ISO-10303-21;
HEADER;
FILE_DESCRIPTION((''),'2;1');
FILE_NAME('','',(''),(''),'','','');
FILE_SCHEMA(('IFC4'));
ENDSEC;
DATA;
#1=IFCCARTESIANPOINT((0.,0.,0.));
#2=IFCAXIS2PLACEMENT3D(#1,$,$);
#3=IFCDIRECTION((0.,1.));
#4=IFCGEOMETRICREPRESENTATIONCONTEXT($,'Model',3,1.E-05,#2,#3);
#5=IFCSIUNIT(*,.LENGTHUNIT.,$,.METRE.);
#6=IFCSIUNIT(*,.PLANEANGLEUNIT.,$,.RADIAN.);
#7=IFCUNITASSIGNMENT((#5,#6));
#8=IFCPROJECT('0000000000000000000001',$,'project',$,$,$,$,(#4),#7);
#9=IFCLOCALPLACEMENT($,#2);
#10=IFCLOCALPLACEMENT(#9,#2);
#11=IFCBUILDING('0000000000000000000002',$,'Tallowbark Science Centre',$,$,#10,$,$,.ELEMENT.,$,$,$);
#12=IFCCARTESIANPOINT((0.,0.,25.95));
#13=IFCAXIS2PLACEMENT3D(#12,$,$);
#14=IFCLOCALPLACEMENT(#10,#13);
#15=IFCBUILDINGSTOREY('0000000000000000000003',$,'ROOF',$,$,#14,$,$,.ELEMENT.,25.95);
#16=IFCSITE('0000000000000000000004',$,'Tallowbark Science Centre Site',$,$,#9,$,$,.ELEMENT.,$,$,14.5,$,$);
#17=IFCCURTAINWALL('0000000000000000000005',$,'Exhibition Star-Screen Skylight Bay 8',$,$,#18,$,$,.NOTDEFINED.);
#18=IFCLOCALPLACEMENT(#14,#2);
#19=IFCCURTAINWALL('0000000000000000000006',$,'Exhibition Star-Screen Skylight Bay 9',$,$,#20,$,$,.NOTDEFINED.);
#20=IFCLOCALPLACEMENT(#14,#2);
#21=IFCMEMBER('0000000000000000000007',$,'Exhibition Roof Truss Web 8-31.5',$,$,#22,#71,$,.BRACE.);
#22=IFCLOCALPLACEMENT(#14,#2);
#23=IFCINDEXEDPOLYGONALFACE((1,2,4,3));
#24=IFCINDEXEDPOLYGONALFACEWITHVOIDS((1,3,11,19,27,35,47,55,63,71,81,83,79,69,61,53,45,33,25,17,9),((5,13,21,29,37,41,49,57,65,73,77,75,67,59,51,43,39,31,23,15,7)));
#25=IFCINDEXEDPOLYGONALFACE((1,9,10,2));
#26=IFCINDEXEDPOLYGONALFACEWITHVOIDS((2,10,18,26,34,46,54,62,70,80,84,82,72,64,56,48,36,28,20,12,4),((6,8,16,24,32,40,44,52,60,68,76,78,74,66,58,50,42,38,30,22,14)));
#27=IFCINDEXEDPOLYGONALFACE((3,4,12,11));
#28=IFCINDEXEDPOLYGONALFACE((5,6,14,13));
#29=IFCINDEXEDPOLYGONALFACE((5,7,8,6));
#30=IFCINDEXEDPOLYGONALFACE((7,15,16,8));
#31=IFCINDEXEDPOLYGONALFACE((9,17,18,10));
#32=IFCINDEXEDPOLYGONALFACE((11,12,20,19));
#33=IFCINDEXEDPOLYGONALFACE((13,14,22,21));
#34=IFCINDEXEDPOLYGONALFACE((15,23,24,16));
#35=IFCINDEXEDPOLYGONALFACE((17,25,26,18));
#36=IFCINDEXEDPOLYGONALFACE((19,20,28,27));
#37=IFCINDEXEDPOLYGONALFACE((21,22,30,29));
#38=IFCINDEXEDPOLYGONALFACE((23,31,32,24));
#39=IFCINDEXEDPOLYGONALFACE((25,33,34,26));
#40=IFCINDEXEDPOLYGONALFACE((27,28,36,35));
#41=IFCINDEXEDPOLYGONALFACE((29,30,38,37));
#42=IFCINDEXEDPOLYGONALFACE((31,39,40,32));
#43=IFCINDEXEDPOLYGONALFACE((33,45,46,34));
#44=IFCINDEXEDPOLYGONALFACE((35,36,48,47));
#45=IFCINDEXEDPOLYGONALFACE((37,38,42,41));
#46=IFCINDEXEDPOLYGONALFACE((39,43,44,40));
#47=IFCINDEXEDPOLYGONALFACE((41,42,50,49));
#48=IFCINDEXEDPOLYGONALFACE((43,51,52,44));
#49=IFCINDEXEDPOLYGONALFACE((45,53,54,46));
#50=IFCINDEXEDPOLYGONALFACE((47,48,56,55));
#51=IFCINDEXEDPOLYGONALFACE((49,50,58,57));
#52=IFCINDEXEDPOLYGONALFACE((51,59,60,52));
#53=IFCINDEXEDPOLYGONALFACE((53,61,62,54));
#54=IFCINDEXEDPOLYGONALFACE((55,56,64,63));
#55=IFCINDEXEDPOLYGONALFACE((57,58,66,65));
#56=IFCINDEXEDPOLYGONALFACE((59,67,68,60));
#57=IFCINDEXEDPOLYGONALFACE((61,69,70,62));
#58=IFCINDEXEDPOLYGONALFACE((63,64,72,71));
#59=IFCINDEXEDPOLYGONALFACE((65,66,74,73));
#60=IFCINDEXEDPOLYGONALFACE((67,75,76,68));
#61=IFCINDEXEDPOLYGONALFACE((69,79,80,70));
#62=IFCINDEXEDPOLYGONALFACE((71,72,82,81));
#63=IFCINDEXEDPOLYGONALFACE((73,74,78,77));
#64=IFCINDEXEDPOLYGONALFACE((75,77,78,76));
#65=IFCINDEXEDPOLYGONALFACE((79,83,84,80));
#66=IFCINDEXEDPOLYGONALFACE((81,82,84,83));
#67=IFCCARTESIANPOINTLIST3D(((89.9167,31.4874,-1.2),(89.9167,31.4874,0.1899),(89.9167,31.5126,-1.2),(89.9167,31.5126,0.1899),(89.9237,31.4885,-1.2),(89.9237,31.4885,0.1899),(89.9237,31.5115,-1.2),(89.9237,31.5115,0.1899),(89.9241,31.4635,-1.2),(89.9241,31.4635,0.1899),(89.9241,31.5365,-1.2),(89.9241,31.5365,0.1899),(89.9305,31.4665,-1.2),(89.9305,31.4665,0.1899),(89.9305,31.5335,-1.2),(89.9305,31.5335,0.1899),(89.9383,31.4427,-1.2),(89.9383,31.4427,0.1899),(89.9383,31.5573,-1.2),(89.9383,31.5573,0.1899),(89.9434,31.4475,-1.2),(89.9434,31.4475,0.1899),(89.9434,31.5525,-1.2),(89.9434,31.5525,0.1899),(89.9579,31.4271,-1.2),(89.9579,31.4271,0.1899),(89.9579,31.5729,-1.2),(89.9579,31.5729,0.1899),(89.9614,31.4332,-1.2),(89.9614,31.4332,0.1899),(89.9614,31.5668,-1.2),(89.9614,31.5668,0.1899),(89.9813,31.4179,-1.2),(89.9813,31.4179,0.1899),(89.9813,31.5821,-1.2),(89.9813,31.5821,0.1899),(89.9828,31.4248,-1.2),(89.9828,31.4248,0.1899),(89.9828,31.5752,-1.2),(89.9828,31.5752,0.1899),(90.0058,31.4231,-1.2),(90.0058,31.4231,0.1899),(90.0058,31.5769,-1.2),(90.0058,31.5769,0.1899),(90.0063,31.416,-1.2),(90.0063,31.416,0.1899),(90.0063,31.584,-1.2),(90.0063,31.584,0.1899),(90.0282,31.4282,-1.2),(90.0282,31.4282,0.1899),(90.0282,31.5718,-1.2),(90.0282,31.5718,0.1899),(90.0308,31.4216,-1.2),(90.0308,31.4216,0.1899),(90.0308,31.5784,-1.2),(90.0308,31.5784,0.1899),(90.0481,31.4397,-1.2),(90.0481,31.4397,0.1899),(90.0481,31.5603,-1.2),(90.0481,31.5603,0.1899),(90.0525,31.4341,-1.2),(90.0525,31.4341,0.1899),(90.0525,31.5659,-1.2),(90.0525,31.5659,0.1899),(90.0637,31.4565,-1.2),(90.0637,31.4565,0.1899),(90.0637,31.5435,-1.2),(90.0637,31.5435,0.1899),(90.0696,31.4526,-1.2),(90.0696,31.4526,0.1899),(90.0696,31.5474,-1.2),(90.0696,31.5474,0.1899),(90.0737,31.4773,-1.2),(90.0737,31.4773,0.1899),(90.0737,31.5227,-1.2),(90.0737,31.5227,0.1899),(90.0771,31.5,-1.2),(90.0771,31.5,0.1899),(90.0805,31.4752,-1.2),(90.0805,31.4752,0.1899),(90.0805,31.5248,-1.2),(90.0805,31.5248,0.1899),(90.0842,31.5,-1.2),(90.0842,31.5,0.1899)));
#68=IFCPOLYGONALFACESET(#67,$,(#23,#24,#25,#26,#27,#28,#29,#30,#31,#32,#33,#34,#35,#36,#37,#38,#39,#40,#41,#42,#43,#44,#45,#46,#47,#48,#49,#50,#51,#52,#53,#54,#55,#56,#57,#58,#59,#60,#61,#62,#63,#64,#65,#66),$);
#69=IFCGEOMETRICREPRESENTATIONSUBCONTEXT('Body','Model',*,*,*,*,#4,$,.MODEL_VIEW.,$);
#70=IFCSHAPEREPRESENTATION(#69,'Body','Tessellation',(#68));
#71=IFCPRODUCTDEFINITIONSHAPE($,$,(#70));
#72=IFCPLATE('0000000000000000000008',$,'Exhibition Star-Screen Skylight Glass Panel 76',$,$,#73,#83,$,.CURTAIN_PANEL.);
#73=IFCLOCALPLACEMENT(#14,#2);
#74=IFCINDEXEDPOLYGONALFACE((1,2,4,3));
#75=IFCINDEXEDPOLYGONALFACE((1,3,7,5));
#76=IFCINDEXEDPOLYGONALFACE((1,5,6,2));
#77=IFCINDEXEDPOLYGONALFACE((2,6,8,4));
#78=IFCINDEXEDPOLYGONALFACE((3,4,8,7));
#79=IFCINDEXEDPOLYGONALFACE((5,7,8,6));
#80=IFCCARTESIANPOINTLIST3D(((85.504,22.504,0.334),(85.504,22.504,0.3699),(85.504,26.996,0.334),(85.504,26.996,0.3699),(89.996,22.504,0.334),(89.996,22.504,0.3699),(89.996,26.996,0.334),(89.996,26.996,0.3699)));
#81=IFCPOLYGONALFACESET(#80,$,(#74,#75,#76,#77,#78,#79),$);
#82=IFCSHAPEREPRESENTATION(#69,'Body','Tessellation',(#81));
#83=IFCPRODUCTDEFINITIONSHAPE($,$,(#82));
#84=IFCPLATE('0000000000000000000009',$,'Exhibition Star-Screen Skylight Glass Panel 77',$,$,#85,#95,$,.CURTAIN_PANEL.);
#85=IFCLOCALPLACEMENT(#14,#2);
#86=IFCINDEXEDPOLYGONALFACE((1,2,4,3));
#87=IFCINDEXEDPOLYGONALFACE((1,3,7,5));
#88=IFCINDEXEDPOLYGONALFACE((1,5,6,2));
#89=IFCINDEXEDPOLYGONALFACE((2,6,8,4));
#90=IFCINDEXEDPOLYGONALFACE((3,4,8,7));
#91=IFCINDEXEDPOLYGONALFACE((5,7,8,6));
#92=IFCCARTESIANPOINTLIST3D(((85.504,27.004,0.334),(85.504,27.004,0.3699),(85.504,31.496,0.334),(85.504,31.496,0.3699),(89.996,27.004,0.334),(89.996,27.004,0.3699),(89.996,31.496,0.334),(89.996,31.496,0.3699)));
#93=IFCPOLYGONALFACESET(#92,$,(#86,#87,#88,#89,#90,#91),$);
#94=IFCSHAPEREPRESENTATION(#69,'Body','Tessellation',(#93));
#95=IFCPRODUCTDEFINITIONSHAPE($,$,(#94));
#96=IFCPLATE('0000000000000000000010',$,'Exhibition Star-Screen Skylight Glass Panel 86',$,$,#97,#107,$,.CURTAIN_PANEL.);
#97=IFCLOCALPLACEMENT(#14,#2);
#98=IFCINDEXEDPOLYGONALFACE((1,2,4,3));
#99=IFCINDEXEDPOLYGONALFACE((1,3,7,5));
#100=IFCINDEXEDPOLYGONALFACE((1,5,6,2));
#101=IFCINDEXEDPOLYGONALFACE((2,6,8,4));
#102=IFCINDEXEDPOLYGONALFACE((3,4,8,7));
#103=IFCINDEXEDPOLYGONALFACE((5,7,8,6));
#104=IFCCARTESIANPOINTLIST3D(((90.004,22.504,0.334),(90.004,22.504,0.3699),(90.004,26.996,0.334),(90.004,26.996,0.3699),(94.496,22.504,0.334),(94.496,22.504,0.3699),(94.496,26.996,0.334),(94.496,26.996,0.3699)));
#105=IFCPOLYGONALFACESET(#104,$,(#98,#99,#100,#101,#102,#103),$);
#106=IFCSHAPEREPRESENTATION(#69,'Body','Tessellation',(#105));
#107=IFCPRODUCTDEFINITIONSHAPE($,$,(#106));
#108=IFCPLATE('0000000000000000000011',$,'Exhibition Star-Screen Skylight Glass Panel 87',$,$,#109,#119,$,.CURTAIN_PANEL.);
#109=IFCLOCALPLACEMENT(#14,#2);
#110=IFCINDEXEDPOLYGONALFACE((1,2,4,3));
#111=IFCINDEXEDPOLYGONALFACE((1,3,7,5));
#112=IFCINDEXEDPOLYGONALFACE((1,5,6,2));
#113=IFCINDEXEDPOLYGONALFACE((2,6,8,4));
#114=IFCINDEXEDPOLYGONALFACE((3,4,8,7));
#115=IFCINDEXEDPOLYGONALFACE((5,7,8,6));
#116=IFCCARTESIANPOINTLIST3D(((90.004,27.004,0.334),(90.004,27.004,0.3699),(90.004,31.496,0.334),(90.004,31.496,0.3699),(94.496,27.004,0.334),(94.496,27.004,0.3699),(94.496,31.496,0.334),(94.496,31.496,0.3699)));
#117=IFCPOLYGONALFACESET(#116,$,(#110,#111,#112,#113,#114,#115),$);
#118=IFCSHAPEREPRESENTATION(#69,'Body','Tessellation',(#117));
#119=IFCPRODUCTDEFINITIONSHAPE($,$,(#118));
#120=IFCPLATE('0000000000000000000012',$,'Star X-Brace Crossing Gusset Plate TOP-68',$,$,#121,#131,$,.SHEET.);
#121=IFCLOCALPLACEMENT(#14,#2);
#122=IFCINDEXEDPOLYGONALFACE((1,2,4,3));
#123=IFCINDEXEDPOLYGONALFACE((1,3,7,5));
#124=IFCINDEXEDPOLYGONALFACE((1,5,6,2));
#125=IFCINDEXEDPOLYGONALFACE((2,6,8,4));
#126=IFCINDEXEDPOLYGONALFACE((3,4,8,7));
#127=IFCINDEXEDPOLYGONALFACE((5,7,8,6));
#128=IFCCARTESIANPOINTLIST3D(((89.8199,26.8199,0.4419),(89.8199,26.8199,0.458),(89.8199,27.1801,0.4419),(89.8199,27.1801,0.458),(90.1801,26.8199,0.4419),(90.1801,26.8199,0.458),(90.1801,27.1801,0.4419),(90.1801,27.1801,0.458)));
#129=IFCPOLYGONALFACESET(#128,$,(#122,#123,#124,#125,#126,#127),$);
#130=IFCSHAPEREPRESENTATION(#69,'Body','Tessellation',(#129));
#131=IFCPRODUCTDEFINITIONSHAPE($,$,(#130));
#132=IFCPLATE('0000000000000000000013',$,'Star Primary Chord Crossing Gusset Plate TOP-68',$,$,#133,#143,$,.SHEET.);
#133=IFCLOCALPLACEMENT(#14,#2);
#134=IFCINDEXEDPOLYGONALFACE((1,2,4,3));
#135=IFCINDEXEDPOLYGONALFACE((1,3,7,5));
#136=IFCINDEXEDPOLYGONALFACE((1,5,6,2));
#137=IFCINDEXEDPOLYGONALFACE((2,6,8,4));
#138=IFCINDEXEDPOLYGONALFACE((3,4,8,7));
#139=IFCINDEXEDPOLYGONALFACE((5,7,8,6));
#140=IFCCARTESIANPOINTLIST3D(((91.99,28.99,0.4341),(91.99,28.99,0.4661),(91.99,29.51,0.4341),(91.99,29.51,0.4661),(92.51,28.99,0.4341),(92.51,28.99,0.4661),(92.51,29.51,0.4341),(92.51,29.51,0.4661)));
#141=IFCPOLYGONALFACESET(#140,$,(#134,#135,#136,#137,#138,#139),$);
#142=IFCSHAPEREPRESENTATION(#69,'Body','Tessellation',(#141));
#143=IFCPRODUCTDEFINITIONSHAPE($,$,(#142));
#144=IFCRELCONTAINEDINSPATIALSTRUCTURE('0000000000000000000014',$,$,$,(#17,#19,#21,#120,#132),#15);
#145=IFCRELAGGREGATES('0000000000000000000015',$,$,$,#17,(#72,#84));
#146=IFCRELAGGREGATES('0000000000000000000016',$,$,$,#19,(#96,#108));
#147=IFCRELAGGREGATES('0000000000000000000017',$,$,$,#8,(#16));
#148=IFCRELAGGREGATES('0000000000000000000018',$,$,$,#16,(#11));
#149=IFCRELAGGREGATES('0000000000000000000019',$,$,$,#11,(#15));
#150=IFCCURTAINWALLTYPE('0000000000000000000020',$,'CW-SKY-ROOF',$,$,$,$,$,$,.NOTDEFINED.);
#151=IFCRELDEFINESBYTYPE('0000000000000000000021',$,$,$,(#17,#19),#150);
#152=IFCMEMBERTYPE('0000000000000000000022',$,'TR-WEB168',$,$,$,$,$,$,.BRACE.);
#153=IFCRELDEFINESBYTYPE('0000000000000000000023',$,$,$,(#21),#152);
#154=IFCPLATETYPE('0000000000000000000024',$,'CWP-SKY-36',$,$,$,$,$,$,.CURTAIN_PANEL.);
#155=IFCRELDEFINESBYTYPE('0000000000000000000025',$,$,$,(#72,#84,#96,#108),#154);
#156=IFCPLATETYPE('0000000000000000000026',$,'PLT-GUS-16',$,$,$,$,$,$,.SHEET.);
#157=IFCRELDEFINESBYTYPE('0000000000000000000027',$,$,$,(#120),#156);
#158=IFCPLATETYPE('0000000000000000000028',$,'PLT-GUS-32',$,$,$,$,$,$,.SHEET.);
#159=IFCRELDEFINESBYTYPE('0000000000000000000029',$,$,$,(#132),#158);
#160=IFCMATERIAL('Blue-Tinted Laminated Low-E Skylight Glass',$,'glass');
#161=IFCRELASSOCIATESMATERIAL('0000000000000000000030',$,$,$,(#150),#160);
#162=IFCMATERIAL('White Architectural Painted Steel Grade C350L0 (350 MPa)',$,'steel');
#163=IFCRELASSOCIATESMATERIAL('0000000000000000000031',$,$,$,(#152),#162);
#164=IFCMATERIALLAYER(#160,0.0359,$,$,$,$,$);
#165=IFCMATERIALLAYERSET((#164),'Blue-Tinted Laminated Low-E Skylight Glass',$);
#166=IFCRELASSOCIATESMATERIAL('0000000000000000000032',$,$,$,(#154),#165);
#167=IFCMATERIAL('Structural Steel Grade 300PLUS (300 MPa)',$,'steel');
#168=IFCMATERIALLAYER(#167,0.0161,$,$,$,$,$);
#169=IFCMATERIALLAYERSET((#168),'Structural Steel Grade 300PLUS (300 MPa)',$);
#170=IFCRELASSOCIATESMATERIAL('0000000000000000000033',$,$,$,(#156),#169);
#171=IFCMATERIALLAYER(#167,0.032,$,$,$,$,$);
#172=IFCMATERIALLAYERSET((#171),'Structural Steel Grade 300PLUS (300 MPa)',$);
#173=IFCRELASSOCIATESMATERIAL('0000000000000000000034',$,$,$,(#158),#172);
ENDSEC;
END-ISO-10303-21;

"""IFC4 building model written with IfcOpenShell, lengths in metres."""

from ifc_helpers import new_model, si_unit, direction, frame, origin, origin_2d, place, context, subcontext, project, spatial, rectangle, hollow_circle, extrude, material, layer, layer_set, material_profile, profile_set, type_object, element, aggregate, save


model = new_model("IFC4")

# Units and contexts
model_context = context("Model", 3, precision=1e-05, world=origin(), true_north=direction((0.0, 1.0)))
body_context = subcontext(model_context, "Body", "Model", "MODEL_VIEW")
ifc_project = project(units=[si_unit("LENGTHUNIT", "METRE"), si_unit("PLANEANGLEUNIT", "RADIAN")], contexts=[model_context])

# Site, building, storey
site_placement = place(None, origin())
site = spatial("IfcSite", under=ifc_project, at=site_placement, Name="Tallowbark Science Centre Site", CompositionType="ELEMENT", RefElevation=14.5)
building_placement = place(site_placement, origin())
building = spatial("IfcBuilding", under=site, at=building_placement, Name="Tallowbark Science Centre", CompositionType="ELEMENT")
storey_placement = place(building_placement, frame((0.0, 0.0, 25.95)))
storey = spatial("IfcBuildingStorey", under=building, at=storey_placement, Name="ROOF", CompositionType="ELEMENT", Elevation=25.95)

# Curtain walls
ifc_material_1 = material(Name="Blue-Tinted Laminated Low-E Skylight Glass", Category="glass")
curtain_wall_type = type_object("IfcCurtainWallType", Name="CW-SKY-ROOF", PredefinedType="NOTDEFINED", material=ifc_material_1)
curtain_wall_1_placement = place(storey_placement, origin())
curtain_wall_1 = element("IfcCurtainWall", 1, at=curtain_wall_1_placement, inside=storey, type_object=curtain_wall_type, Name="Exhibition Star-Screen Skylight Bay 8", PredefinedType="NOTDEFINED")
curtain_wall_2_placement = place(storey_placement, origin())
curtain_wall_2 = element("IfcCurtainWall", 2, at=curtain_wall_2_placement, inside=storey, type_object=curtain_wall_type, Name="Exhibition Star-Screen Skylight Bay 9", PredefinedType="NOTDEFINED")

# Member
ifc_material_2 = material(Name="White Architectural Painted Steel Grade C350L0 (350 MPa)", Category="steel")
ifc_material_profile_1 = material_profile(ifc_material_2, hollow_circle(Radius=0.0842, WallThickness=0.0071, at=origin_2d()), Name="168.3x7.1CHS")
ifc_profile_set_1 = profile_set([ifc_material_profile_1], Name="White Architectural Painted Steel Grade C350L0 (350 MPa)")
member_type_1 = type_object("IfcMemberType", Name="TR-WEB168", PredefinedType="BRACE", material=ifc_profile_set_1)
for number, where, z_axis, x_axis, name in (
    (3, (90.0, 31.5, -1.2), (0.0, 0.0, 1.0), (1.0, 0.0, 0.0), "Exhibition Roof Truss Web 8-31.5"),
):
    element("IfcMember", number, at=place(storey_placement, frame(where, z_axis=z_axis, x_axis=x_axis)), inside=storey, type_object=member_type_1, Name=name, PredefinedType="BRACE", context=body_context, shape_type="SweptSolid", body=[
        extrude(hollow_circle(Radius=0.0842, WallThickness=0.0071, at=origin_2d()), origin(), (0.0, 0.0, 1.0), 1.3899),
    ])

# Plates
ifc_layer_1 = layer(ifc_material_1, 0.0359)
ifc_layer_set_1 = layer_set([ifc_layer_1], Name="Blue-Tinted Laminated Low-E Skylight Glass")
plate_type_1 = type_object("IfcPlateType", Name="CWP-SKY-36", PredefinedType="CURTAIN_PANEL", material=ifc_layer_set_1)
plate_1_placement = place(storey_placement, frame((87.75, 24.75, 0.334), z_axis=(0.0, 0.0, 1.0), x_axis=(1.0, 0.0, 0.0)))
plate_1 = element("IfcPlate", 4, at=plate_1_placement, type_object=plate_type_1, Name="Exhibition Star-Screen Skylight Glass Panel 76", PredefinedType="CURTAIN_PANEL", context=body_context, shape_type="SweptSolid", body=[
    extrude(rectangle(XDim=4.4919, YDim=4.4919, at=origin_2d()), origin(), (0.0, 0.0, 1.0), 0.0359),
])
plate_2_placement = place(storey_placement, frame((87.75, 29.25, 0.334), z_axis=(0.0, 0.0, 1.0), x_axis=(1.0, 0.0, 0.0)))
plate_2 = element("IfcPlate", 5, at=plate_2_placement, type_object=plate_type_1, Name="Exhibition Star-Screen Skylight Glass Panel 77", PredefinedType="CURTAIN_PANEL", context=body_context, shape_type="SweptSolid", body=[
    extrude(rectangle(XDim=4.4919, YDim=4.4919, at=origin_2d()), origin(), (0.0, 0.0, 1.0), 0.0359),
])
aggregate(curtain_wall_1, [plate_1, plate_2])
plate_3_placement = place(storey_placement, frame((92.25, 24.75, 0.334), z_axis=(0.0, 0.0, 1.0), x_axis=(1.0, 0.0, 0.0)))
plate_3 = element("IfcPlate", 6, at=plate_3_placement, type_object=plate_type_1, Name="Exhibition Star-Screen Skylight Glass Panel 86", PredefinedType="CURTAIN_PANEL", context=body_context, shape_type="SweptSolid", body=[
    extrude(rectangle(XDim=4.4919, YDim=4.4919, at=origin_2d()), origin(), (0.0, 0.0, 1.0), 0.0359),
])
plate_4_placement = place(storey_placement, frame((92.25, 29.25, 0.334), z_axis=(0.0, 0.0, 1.0), x_axis=(1.0, 0.0, 0.0)))
plate_4 = element("IfcPlate", 7, at=plate_4_placement, type_object=plate_type_1, Name="Exhibition Star-Screen Skylight Glass Panel 87", PredefinedType="CURTAIN_PANEL", context=body_context, shape_type="SweptSolid", body=[
    extrude(rectangle(XDim=4.4919, YDim=4.4919, at=origin_2d()), origin(), (0.0, 0.0, 1.0), 0.0359),
])
aggregate(curtain_wall_2, [plate_3, plate_4])

# Plates
ifc_material_3 = material(Name="Structural Steel Grade 300PLUS (300 MPa)", Category="steel")
ifc_layer_2 = layer(ifc_material_3, 0.0161)
ifc_layer_set_2 = layer_set([ifc_layer_2], Name="Structural Steel Grade 300PLUS (300 MPa)")
plate_type_2 = type_object("IfcPlateType", Name="PLT-GUS-16", PredefinedType="SHEET", material=ifc_layer_set_2)
plate_5_placement = place(storey_placement, frame((90.0, 27.0, 0.4419), z_axis=(0.0, 0.0, 1.0), x_axis=(1.0, 0.0, 0.0)))
element("IfcPlate", 8, at=plate_5_placement, inside=storey, type_object=plate_type_2, Name="Star X-Brace Crossing Gusset Plate TOP-68", PredefinedType="SHEET", context=body_context, shape_type="SweptSolid", body=[
    extrude(rectangle(XDim=0.3601, YDim=0.3601, at=origin_2d()), origin(), (0.0, 0.0, 1.0), 0.0161),
])
ifc_layer_3 = layer(ifc_material_3, 0.032)
ifc_layer_set_3 = layer_set([ifc_layer_3], Name="Structural Steel Grade 300PLUS (300 MPa)")
plate_type_3 = type_object("IfcPlateType", Name="PLT-GUS-32", PredefinedType="SHEET", material=ifc_layer_set_3)
plate_6_placement = place(storey_placement, frame((92.25, 29.25, 0.4341), z_axis=(0.0, 0.0, 1.0), x_axis=(1.0, 0.0, 0.0)))
element("IfcPlate", 9, at=plate_6_placement, inside=storey, type_object=plate_type_3, Name="Star Primary Chord Crossing Gusset Plate TOP-68", PredefinedType="SHEET", context=body_context, shape_type="SweptSolid", body=[
    extrude(rectangle(XDim=0.52, YDim=0.52, at=origin_2d()), origin(), (0.0, 0.0, 1.0), 0.032),
])

save(model, "model.ifc")
